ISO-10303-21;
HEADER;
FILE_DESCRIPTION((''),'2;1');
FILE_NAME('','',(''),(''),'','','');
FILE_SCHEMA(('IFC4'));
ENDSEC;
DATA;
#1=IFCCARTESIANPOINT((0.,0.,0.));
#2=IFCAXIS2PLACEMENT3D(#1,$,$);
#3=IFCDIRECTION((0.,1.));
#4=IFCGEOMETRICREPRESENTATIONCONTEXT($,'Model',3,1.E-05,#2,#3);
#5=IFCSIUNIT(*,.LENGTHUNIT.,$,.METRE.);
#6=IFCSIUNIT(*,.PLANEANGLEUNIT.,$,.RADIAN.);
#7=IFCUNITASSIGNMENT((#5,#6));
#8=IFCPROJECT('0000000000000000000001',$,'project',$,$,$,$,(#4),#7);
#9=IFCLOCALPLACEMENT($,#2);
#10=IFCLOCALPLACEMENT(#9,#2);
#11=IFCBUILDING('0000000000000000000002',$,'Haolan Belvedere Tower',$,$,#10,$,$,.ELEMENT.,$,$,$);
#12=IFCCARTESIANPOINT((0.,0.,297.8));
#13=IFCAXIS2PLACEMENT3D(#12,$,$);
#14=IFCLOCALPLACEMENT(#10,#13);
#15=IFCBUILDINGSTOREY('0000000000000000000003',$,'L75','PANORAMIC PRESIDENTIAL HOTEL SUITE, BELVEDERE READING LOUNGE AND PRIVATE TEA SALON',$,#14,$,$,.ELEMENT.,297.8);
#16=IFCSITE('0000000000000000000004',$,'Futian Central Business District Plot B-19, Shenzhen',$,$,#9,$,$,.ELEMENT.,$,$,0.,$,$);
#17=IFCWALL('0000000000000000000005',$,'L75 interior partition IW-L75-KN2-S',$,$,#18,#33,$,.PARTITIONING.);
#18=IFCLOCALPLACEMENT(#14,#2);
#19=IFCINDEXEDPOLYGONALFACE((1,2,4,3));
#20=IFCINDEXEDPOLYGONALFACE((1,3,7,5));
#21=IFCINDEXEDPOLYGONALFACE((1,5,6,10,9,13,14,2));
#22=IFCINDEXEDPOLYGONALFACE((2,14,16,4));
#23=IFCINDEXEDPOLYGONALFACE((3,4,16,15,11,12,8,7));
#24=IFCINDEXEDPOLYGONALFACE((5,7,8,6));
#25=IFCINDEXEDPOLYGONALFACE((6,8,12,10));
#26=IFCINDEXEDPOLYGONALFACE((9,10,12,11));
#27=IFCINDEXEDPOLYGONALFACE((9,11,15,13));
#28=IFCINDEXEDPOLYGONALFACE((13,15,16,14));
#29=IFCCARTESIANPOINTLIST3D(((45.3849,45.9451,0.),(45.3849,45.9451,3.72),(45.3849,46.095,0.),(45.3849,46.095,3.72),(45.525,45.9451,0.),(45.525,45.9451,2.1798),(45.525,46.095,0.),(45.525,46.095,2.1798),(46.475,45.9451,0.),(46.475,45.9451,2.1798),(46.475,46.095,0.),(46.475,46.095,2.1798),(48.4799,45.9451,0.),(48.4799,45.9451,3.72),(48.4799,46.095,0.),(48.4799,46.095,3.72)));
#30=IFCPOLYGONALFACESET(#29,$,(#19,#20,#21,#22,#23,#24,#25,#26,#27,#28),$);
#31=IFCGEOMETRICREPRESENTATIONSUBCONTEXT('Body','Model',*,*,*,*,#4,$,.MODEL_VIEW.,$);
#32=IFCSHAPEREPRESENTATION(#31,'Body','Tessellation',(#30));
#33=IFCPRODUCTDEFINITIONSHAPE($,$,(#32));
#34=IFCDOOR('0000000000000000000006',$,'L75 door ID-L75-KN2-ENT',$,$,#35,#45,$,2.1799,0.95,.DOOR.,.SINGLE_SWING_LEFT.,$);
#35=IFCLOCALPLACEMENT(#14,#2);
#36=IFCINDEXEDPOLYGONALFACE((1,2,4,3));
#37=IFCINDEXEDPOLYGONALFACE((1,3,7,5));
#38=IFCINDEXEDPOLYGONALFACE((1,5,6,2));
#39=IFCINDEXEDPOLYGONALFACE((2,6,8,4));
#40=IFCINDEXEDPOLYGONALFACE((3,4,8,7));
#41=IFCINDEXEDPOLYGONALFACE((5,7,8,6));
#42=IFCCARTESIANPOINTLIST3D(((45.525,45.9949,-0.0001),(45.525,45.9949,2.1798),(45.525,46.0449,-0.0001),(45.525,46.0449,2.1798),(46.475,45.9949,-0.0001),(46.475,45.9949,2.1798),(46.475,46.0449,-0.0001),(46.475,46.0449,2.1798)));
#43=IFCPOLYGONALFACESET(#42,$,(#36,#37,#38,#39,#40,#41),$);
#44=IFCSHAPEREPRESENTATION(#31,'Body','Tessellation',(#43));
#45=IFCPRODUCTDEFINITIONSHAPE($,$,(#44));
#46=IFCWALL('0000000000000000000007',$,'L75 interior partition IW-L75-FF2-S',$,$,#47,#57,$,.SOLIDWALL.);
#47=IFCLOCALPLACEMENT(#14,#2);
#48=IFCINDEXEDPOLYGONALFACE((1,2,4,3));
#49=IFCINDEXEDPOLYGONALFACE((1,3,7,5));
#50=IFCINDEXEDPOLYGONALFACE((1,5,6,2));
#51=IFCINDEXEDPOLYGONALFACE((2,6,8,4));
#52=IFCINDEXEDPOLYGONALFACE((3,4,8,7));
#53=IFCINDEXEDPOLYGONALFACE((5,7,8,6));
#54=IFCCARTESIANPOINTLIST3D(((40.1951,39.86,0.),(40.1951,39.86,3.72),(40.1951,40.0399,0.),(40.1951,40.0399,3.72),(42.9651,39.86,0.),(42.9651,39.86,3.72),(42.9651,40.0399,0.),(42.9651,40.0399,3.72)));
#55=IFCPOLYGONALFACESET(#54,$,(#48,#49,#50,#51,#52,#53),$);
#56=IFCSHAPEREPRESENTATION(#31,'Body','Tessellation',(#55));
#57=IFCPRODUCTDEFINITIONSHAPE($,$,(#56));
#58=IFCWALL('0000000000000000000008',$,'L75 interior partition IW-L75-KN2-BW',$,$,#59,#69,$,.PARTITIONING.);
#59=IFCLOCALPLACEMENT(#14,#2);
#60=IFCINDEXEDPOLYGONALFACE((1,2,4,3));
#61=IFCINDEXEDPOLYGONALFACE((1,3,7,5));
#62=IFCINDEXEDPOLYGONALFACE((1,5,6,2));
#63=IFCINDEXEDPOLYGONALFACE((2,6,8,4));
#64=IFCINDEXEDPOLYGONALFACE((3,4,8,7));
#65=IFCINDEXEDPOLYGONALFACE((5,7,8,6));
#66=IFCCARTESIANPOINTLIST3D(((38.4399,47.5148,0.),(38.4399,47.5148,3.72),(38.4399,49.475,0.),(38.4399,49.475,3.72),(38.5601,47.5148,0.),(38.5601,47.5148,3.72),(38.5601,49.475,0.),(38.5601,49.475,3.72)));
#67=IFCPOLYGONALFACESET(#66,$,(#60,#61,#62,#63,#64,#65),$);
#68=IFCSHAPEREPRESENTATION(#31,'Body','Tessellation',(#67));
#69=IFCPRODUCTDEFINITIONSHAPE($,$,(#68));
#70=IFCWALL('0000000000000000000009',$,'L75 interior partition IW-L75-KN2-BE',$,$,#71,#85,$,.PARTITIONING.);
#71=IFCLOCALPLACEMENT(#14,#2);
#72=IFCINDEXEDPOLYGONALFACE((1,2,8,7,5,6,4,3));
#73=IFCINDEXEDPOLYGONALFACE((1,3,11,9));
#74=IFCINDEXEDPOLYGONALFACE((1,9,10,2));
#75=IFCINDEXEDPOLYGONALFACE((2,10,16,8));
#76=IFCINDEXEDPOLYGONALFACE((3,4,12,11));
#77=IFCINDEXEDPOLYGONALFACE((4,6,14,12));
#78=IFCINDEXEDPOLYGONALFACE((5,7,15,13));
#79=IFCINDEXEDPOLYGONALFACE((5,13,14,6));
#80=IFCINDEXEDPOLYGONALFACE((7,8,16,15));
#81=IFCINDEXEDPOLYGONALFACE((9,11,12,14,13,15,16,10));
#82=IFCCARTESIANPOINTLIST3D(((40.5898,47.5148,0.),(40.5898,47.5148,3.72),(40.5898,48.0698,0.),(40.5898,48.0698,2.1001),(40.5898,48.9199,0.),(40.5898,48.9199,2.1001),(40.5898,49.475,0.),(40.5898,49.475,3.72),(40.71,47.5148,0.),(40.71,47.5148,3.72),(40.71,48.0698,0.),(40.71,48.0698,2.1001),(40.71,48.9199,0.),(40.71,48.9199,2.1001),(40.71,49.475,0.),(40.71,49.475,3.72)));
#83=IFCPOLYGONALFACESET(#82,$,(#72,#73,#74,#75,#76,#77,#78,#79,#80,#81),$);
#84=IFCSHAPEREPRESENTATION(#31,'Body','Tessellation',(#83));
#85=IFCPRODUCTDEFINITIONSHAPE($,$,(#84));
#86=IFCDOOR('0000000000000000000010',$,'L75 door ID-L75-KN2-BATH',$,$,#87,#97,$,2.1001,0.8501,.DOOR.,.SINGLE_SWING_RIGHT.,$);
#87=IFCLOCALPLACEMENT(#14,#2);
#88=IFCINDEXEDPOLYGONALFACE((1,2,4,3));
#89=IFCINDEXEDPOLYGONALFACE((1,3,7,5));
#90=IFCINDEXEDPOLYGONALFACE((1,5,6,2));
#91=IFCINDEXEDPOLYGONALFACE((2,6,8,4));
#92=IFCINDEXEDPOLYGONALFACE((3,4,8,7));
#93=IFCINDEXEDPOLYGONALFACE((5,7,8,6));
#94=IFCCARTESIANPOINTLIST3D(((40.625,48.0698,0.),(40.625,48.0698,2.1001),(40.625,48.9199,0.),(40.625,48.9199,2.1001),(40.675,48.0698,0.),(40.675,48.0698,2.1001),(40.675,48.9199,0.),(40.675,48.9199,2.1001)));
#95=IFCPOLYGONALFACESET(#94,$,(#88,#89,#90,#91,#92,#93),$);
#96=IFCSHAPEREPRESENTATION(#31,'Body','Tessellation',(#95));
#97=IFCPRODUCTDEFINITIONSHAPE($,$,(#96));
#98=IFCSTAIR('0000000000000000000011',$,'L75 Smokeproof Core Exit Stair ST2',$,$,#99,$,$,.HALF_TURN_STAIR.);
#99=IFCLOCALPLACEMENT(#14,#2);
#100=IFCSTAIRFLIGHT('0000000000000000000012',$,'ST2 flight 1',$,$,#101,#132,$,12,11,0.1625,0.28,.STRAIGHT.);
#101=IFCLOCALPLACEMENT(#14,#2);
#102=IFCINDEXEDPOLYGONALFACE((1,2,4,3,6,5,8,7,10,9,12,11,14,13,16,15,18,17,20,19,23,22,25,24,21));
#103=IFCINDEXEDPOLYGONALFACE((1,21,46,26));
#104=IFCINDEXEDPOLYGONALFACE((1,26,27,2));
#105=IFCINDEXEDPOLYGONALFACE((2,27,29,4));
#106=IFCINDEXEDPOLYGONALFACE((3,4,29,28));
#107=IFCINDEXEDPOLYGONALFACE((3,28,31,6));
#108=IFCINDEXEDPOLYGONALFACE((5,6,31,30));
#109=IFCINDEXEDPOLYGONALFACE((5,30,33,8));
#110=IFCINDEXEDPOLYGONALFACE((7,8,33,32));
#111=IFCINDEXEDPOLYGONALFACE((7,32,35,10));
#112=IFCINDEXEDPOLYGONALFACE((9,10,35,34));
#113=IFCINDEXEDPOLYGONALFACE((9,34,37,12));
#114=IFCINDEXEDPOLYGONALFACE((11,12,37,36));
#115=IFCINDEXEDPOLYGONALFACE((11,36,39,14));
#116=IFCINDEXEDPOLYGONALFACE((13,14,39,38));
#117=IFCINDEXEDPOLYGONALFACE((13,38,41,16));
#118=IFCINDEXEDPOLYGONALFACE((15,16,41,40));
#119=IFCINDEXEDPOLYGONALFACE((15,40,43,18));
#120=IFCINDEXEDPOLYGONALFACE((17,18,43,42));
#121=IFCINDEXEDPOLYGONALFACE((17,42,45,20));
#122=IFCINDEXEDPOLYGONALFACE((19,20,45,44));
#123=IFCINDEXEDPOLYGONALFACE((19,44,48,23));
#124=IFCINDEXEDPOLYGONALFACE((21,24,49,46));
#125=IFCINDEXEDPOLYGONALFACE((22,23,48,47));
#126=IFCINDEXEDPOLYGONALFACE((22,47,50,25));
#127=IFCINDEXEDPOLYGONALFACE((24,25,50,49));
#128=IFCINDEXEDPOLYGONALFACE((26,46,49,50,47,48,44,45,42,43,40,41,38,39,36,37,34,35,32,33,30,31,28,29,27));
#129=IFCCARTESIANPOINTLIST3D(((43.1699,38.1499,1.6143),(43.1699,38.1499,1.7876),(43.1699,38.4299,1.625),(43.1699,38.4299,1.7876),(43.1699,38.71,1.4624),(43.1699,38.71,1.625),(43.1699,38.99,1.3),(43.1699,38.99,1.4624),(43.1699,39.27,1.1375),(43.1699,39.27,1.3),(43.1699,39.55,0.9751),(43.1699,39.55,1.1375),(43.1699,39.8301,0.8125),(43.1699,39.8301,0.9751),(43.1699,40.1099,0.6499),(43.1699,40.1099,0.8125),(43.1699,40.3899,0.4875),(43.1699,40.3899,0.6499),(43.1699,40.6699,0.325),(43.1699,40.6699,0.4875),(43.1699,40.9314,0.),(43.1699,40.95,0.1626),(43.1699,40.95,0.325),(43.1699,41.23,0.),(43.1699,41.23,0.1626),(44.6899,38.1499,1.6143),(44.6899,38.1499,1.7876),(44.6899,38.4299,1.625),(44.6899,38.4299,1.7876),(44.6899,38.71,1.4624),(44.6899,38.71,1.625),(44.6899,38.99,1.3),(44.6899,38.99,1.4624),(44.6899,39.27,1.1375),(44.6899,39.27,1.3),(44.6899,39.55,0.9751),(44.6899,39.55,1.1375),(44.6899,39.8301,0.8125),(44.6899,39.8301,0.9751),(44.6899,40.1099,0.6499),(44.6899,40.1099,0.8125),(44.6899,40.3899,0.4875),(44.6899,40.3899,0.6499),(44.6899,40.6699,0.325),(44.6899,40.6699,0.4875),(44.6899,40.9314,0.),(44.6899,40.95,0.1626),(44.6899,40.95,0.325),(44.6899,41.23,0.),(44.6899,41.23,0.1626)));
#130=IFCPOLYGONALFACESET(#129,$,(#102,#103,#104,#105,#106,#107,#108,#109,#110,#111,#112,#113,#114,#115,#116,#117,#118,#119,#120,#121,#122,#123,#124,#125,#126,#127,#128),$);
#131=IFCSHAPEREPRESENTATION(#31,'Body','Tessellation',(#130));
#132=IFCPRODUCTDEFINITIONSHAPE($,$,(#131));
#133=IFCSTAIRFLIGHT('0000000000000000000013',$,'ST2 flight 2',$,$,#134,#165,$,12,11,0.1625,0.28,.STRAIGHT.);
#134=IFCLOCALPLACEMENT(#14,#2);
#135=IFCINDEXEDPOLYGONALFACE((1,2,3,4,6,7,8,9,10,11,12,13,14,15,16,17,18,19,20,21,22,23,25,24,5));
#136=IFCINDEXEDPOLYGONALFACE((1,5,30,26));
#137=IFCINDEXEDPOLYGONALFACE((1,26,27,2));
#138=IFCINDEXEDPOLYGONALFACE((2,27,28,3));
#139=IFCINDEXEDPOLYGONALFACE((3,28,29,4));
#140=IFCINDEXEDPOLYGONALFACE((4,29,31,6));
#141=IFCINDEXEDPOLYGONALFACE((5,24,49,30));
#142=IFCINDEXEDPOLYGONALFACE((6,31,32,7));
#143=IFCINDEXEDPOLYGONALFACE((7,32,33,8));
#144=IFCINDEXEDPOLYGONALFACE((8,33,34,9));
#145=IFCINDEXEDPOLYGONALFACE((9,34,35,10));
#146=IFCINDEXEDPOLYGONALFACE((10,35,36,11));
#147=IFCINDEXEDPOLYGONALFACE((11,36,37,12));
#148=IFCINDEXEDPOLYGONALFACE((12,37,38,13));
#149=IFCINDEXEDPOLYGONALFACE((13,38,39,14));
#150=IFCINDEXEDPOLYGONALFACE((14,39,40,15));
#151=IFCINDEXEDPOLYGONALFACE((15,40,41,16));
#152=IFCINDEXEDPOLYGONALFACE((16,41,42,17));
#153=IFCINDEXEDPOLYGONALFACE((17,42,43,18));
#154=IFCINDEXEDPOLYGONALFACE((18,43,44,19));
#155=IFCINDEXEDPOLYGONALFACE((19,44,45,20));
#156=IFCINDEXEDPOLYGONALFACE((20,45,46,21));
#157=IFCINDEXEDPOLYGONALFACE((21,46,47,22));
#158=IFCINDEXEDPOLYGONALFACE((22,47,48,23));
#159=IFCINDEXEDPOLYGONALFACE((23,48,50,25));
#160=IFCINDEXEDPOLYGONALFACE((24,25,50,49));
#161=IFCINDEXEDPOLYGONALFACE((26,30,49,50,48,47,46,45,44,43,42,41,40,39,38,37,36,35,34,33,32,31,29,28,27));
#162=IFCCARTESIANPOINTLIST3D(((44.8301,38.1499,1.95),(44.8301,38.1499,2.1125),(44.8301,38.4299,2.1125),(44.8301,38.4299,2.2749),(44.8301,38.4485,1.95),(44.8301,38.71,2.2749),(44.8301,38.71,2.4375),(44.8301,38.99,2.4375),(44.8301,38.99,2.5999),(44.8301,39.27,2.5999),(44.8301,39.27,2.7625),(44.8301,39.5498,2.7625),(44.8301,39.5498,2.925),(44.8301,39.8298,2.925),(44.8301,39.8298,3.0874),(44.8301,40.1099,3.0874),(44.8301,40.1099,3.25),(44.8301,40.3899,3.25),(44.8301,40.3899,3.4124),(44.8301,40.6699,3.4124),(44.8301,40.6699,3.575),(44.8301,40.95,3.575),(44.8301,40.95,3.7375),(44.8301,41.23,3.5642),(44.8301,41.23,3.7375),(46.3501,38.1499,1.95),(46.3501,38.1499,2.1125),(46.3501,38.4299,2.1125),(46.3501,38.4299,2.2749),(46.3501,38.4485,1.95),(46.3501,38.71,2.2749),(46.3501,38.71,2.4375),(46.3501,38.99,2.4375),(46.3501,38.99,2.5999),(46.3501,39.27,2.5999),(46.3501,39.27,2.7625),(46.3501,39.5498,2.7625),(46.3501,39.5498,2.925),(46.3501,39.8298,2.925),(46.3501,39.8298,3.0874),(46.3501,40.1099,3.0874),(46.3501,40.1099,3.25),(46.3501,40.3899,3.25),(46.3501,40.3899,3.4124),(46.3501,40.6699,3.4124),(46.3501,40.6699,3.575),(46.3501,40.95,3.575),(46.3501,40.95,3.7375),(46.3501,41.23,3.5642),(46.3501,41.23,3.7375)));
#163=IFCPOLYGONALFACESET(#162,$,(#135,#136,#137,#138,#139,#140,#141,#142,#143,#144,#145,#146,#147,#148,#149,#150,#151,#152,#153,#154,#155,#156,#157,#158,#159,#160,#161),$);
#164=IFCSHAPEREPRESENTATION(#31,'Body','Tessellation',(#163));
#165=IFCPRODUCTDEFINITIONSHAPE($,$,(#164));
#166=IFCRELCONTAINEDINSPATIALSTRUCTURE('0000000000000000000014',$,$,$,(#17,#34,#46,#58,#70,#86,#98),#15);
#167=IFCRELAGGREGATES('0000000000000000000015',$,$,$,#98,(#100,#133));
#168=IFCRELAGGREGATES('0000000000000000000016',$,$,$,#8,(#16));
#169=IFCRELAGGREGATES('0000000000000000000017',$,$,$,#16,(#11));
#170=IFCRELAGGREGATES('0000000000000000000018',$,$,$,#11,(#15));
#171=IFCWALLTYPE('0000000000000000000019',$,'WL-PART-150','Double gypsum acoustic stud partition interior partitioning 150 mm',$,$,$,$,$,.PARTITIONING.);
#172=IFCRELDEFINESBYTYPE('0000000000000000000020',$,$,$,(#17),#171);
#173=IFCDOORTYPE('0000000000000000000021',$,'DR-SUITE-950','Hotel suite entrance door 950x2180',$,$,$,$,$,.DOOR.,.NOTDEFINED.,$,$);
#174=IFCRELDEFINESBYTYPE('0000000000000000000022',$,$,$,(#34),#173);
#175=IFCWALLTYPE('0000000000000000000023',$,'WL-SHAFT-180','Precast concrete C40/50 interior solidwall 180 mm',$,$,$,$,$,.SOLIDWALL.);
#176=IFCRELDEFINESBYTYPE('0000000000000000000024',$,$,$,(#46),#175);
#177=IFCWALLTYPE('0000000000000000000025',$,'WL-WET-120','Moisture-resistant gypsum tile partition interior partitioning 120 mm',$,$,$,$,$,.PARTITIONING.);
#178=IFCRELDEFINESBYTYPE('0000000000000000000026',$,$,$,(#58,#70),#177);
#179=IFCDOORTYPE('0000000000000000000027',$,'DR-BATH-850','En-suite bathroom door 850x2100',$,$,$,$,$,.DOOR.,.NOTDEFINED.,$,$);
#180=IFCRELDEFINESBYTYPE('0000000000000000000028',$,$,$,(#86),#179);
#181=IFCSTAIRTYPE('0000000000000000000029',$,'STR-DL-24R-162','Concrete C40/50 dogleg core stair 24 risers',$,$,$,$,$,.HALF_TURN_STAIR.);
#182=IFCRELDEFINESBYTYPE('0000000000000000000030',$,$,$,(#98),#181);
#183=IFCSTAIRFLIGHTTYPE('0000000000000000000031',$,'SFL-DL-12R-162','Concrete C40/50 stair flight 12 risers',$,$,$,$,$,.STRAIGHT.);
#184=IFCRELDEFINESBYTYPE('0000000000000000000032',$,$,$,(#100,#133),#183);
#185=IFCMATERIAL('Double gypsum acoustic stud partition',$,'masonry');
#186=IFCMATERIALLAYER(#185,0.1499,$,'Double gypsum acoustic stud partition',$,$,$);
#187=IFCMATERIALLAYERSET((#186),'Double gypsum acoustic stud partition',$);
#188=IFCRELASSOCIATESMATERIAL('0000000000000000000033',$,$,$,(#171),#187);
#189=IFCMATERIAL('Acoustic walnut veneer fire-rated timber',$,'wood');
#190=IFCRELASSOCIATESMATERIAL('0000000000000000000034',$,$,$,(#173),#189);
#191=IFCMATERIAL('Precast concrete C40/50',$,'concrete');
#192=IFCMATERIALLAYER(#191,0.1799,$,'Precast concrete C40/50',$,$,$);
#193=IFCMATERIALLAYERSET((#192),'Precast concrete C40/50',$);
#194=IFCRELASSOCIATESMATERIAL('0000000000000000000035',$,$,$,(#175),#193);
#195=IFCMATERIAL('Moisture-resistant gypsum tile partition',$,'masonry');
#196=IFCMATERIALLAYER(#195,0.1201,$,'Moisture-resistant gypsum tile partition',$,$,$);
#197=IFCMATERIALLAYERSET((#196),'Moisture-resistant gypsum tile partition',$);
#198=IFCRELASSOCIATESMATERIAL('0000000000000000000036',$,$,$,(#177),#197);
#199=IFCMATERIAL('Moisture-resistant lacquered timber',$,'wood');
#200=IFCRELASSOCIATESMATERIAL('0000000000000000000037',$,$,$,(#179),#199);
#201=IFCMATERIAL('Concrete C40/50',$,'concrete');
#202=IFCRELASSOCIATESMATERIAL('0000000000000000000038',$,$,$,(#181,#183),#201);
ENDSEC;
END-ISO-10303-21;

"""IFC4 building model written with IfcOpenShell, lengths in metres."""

from ifc_helpers import new_model, si_unit, direction, frame, frame_2d, origin, place, context, subcontext, project, spatial, polyline, rectangle, outline, extrude, material, layer, layer_set, type_object, element, fill, aggregate, save


model = new_model("IFC4")

# Units and contexts
model_context = context("Model", 3, precision=1e-05, world=origin(), true_north=direction((0.0, 1.0)))
body_context = subcontext(model_context, "Body", "Model", "MODEL_VIEW")
ifc_project = project(units=[si_unit("LENGTHUNIT", "METRE"), si_unit("PLANEANGLEUNIT", "RADIAN")], contexts=[model_context])

# Site, building, storey
site_placement = place(None, origin())
site = spatial("IfcSite", under=ifc_project, at=site_placement, Name="Futian Central Business District Plot B-19, Shenzhen", CompositionType="ELEMENT", RefElevation=0.0)
building_placement = place(site_placement, origin())
building = spatial("IfcBuilding", under=site, at=building_placement, Name="Haolan Belvedere Tower", CompositionType="ELEMENT")
storey_placement = place(building_placement, frame((0.0, 0.0, 297.8)))
storey = spatial("IfcBuildingStorey", under=building, at=storey_placement, Name="L75", Description="PANORAMIC PRESIDENTIAL HOTEL SUITE, BELVEDERE READING LOUNGE AND PRIVATE TEA SALON", CompositionType="ELEMENT", Elevation=297.8)

# Shared definitions
ifc_material_1 = material(Name="Precast concrete C40/50", Category="concrete")

# Shared definitions
ifc_material_2 = material(Name="Concrete C40/50", Category="concrete")

# Shared definitions
ifc_material_3 = material(Name="Double gypsum acoustic stud partition", Category="masonry")
ifc_layer_1 = layer(ifc_material_3, 0.1499, Name="Double gypsum acoustic stud partition")
ifc_layer_set_1 = layer_set([ifc_layer_1], Name="Double gypsum acoustic stud partition")
wall_type_1 = type_object("IfcWallType", Name="WL-PART-150", Description="Double gypsum acoustic stud partition interior partitioning 150 mm", PredefinedType="PARTITIONING", material=ifc_layer_set_1)

# Wall, opening, door
wall_1_placement = place(storey_placement, frame((45.385, 46.02, 0.0), z_axis=(0.0, 0.0, 1.0), x_axis=(1.0, 0.0, 0.0)))
wall_1 = element("IfcWall", 1, at=wall_1_placement, inside=storey, type_object=wall_type_1, Name="L75 interior partition IW-L75-KN2-S", PredefinedType="PARTITIONING", context=body_context, shape_type="SweptSolid", body=[
    extrude(rectangle(XDim=3.095, YDim=0.1499, at=frame_2d((1.5474, 0.0))), origin(), (0.0, 0.0, 1.0), 3.72),
])
opening_1_placement = place(wall_1_placement, frame((0.1399, 0.0, 0.0)))
opening_1 = element("IfcOpeningElement", 2, at=opening_1_placement, cuts=wall_1, PredefinedType="OPENING", context=body_context, shape_type="SweptSolid", body=[
    extrude(rectangle(XDim=0.95, YDim=2.1799, at=frame_2d((0.4751, 1.0898))), frame((0.0, 0.085, 0.0), z_axis=(0.0, -1.0, 0.0), x_axis=(1.0, 0.0, 0.0)), (0.0, 0.0, 1.0), 0.1699),
])
ifc_material_4 = material(Name="Acoustic walnut veneer fire-rated timber", Category="wood")
door_type_1 = type_object("IfcDoorType", Name="DR-SUITE-950", Description="Hotel suite entrance door 950x2180", OperationType="NOTDEFINED", PredefinedType="DOOR", material=ifc_material_4)
door_1_placement = place(opening_1_placement, origin())
door_1 = element("IfcDoor", 3, at=door_1_placement, inside=storey, type_object=door_type_1, Name="L75 door ID-L75-KN2-ENT", OperationType="SINGLE_SWING_LEFT", OverallHeight=2.1799, OverallWidth=0.95, PredefinedType="DOOR", context=body_context, shape_type="SweptSolid", body=[
    extrude(rectangle(XDim=0.95, YDim=2.1799, at=frame_2d((0.4751, 1.0898))), frame((0.0, 0.0249, 0.0), z_axis=(0.0, -1.0, 0.0), x_axis=(1.0, 0.0, 0.0)), (0.0, 0.0, 1.0), 0.05),
])
fill(opening_1, door_1)

# Walls
ifc_layer_2 = layer(ifc_material_1, 0.1799, Name="Precast concrete C40/50")
ifc_layer_set_2 = layer_set([ifc_layer_2], Name="Precast concrete C40/50")
wall_type_2 = type_object("IfcWallType", Name="WL-SHAFT-180", Description="Precast concrete C40/50 interior solidwall 180 mm", PredefinedType="SOLIDWALL", material=ifc_layer_set_2)
wall_2_placement = place(storey_placement, frame((40.1951, 39.95, 0.0), z_axis=(0.0, 0.0, 1.0), x_axis=(1.0, 0.0, 0.0)))
element("IfcWall", 4, at=wall_2_placement, inside=storey, type_object=wall_type_2, Name="L75 interior partition IW-L75-FF2-S", PredefinedType="SOLIDWALL", context=body_context, shape_type="SweptSolid", body=[
    extrude(rectangle(XDim=2.77, YDim=0.1799, at=frame_2d((1.385, 0.0))), origin(), (0.0, 0.0, 1.0), 3.72),
])
ifc_material_5 = material(Name="Moisture-resistant gypsum tile partition", Category="masonry")
ifc_layer_3 = layer(ifc_material_5, 0.1201, Name="Moisture-resistant gypsum tile partition")
ifc_layer_set_3 = layer_set([ifc_layer_3], Name="Moisture-resistant gypsum tile partition")
wall_type_3 = type_object("IfcWallType", Name="WL-WET-120", Description="Moisture-resistant gypsum tile partition interior partitioning 120 mm", PredefinedType="PARTITIONING", material=ifc_layer_set_3)
wall_3_placement = place(storey_placement, frame((38.5, 47.5149, 0.0), z_axis=(0.0, 0.0, 1.0), x_axis=(0.0, 1.0, 0.0)))
element("IfcWall", 5, at=wall_3_placement, inside=storey, type_object=wall_type_3, Name="L75 interior partition IW-L75-KN2-BW", PredefinedType="PARTITIONING", context=body_context, shape_type="SweptSolid", body=[
    extrude(rectangle(XDim=1.9602, YDim=0.1201, at=frame_2d((0.98, 0.0))), origin(), (0.0, 0.0, 1.0), 3.72),
])

# Wall, opening, door
wall_4_placement = place(storey_placement, frame((40.6499, 47.5149, 0.0), z_axis=(0.0, 0.0, 1.0), x_axis=(0.0, 1.0, 0.0)))
wall_4 = element("IfcWall", 6, at=wall_4_placement, inside=storey, type_object=wall_type_3, Name="L75 interior partition IW-L75-KN2-BE", PredefinedType="PARTITIONING", context=body_context, shape_type="SweptSolid", body=[
    extrude(rectangle(XDim=1.9602, YDim=0.1201, at=frame_2d((0.98, 0.0))), origin(), (0.0, 0.0, 1.0), 3.72),
])
opening_2_placement = place(wall_4_placement, frame((0.5549, 0.0, 0.0)))
opening_2 = element("IfcOpeningElement", 7, at=opening_2_placement, cuts=wall_4, PredefinedType="OPENING", context=body_context, shape_type="SweptSolid", body=[
    extrude(rectangle(XDim=0.8501, YDim=2.1001, at=frame_2d((0.425, 1.05))), frame((0.0, 0.0701, 0.0), z_axis=(0.0, -1.0, 0.0), x_axis=(1.0, 0.0, 0.0)), (0.0, 0.0, 1.0), 0.1401),
])
ifc_material_6 = material(Name="Moisture-resistant lacquered timber", Category="wood")
door_type_2 = type_object("IfcDoorType", Name="DR-BATH-850", Description="En-suite bathroom door 850x2100", OperationType="NOTDEFINED", PredefinedType="DOOR", material=ifc_material_6)
door_2_placement = place(opening_2_placement, origin())
door_2 = element("IfcDoor", 8, at=door_2_placement, inside=storey, type_object=door_type_2, Name="L75 door ID-L75-KN2-BATH", OperationType="SINGLE_SWING_RIGHT", OverallHeight=2.1001, OverallWidth=0.8501, PredefinedType="DOOR", context=body_context, shape_type="SweptSolid", body=[
    extrude(rectangle(XDim=0.8501, YDim=2.1001, at=frame_2d((0.425, 1.05))), frame((0.0, 0.0249, 0.0), z_axis=(0.0, -1.0, 0.0), x_axis=(1.0, 0.0, 0.0)), (0.0, 0.0, 1.0), 0.05),
])
fill(opening_2, door_2)

# Stair, stair flights
stair_type = type_object("IfcStairType", Name="STR-DL-24R-162", Description="Concrete C40/50 dogleg core stair 24 risers", PredefinedType="HALF_TURN_STAIR", material=ifc_material_2)
stair_placement = place(storey_placement, origin())
stair = element("IfcStair", 9, at=stair_placement, inside=storey, type_object=stair_type, Name="L75 Smokeproof Core Exit Stair ST2", PredefinedType="HALF_TURN_STAIR")
stair_flight_type = type_object("IfcStairFlightType", Name="SFL-DL-12R-162", Description="Concrete C40/50 stair flight 12 risers", PredefinedType="STRAIGHT", material=ifc_material_2)
stair_flight_1_placement = place(storey_placement, frame((43.9299, 41.23, 0.0), z_axis=(0.0, 0.0, 1.0), x_axis=(0.0, -1.0, 0.0)))
stair_flight_1 = element("IfcStairFlight", 10, at=stair_flight_1_placement, type_object=stair_flight_type, Name="ST2 flight 1", NumberOfRisers=12, NumberOfTreads=11, PredefinedType="STRAIGHT", RiserHeight=0.1625, TreadLength=0.28, context=body_context, shape_type="SweptSolid", body=[
    extrude(outline(polyline([(0.0, 0.0), (0.0, 0.1626), (0.28, 0.1626), (0.28, 0.325), (0.5601, 0.325), (0.5601, 0.4875), (0.8401, 0.4875), (0.8401, 0.6499), (1.1201, 0.6499), (1.1201, 0.8125), (1.3999, 0.8125), (1.3999, 0.9751), (1.6799, 0.9751), (1.6799, 1.1375), (1.96, 1.1375), (1.96, 1.3), (2.24, 1.3), (2.24, 1.4624), (2.52, 1.4624), (2.52, 1.625), (2.8, 1.625), (2.8, 1.7876), (3.0801, 1.7876), (3.0801, 1.95), (3.0801, 1.6143), (0.2986, 0.0), (0.0, 0.0)])), frame((0.0, 0.76, 0.0), z_axis=(0.0, -1.0, 0.0), x_axis=(1.0, 0.0, 0.0)), (0.0, 0.0, 1.0), 1.52),
])
stair_flight_2_placement = place(storey_placement, frame((45.5901, 38.1499, 1.95), z_axis=(0.0, 0.0, 1.0), x_axis=(0.0, 1.0, 0.0)))
stair_flight_2 = element("IfcStairFlight", 11, at=stair_flight_2_placement, type_object=stair_flight_type, Name="ST2 flight 2", NumberOfRisers=12, NumberOfTreads=11, PredefinedType="STRAIGHT", RiserHeight=0.1625, TreadLength=0.28, context=body_context, shape_type="SweptSolid", body=[
    extrude(outline(polyline([(0.0, 0.0), (0.0, 0.1626), (0.28, 0.1626), (0.28, 0.325), (0.5601, 0.325), (0.5601, 0.4875), (0.8401, 0.4875), (0.8401, 0.6499), (1.1201, 0.6499), (1.1201, 0.8125), (1.3999, 0.8125), (1.3999, 0.9751), (1.6799, 0.9751), (1.6799, 1.1375), (1.96, 1.1375), (1.96, 1.3), (2.24, 1.3), (2.24, 1.4624), (2.52, 1.4624), (2.52, 1.625), (2.8, 1.625), (2.8, 1.7876), (3.0801, 1.7876), (3.0801, 1.95), (3.0801, 1.6143), (0.2986, 0.0), (0.0, 0.0)])), frame((0.0, 0.76, 0.0), z_axis=(0.0, -1.0, 0.0), x_axis=(1.0, 0.0, 0.0)), (0.0, 0.0, 1.0), 1.52),
])
aggregate(stair, [stair_flight_1, stair_flight_2])

save(model, "model.ifc")
